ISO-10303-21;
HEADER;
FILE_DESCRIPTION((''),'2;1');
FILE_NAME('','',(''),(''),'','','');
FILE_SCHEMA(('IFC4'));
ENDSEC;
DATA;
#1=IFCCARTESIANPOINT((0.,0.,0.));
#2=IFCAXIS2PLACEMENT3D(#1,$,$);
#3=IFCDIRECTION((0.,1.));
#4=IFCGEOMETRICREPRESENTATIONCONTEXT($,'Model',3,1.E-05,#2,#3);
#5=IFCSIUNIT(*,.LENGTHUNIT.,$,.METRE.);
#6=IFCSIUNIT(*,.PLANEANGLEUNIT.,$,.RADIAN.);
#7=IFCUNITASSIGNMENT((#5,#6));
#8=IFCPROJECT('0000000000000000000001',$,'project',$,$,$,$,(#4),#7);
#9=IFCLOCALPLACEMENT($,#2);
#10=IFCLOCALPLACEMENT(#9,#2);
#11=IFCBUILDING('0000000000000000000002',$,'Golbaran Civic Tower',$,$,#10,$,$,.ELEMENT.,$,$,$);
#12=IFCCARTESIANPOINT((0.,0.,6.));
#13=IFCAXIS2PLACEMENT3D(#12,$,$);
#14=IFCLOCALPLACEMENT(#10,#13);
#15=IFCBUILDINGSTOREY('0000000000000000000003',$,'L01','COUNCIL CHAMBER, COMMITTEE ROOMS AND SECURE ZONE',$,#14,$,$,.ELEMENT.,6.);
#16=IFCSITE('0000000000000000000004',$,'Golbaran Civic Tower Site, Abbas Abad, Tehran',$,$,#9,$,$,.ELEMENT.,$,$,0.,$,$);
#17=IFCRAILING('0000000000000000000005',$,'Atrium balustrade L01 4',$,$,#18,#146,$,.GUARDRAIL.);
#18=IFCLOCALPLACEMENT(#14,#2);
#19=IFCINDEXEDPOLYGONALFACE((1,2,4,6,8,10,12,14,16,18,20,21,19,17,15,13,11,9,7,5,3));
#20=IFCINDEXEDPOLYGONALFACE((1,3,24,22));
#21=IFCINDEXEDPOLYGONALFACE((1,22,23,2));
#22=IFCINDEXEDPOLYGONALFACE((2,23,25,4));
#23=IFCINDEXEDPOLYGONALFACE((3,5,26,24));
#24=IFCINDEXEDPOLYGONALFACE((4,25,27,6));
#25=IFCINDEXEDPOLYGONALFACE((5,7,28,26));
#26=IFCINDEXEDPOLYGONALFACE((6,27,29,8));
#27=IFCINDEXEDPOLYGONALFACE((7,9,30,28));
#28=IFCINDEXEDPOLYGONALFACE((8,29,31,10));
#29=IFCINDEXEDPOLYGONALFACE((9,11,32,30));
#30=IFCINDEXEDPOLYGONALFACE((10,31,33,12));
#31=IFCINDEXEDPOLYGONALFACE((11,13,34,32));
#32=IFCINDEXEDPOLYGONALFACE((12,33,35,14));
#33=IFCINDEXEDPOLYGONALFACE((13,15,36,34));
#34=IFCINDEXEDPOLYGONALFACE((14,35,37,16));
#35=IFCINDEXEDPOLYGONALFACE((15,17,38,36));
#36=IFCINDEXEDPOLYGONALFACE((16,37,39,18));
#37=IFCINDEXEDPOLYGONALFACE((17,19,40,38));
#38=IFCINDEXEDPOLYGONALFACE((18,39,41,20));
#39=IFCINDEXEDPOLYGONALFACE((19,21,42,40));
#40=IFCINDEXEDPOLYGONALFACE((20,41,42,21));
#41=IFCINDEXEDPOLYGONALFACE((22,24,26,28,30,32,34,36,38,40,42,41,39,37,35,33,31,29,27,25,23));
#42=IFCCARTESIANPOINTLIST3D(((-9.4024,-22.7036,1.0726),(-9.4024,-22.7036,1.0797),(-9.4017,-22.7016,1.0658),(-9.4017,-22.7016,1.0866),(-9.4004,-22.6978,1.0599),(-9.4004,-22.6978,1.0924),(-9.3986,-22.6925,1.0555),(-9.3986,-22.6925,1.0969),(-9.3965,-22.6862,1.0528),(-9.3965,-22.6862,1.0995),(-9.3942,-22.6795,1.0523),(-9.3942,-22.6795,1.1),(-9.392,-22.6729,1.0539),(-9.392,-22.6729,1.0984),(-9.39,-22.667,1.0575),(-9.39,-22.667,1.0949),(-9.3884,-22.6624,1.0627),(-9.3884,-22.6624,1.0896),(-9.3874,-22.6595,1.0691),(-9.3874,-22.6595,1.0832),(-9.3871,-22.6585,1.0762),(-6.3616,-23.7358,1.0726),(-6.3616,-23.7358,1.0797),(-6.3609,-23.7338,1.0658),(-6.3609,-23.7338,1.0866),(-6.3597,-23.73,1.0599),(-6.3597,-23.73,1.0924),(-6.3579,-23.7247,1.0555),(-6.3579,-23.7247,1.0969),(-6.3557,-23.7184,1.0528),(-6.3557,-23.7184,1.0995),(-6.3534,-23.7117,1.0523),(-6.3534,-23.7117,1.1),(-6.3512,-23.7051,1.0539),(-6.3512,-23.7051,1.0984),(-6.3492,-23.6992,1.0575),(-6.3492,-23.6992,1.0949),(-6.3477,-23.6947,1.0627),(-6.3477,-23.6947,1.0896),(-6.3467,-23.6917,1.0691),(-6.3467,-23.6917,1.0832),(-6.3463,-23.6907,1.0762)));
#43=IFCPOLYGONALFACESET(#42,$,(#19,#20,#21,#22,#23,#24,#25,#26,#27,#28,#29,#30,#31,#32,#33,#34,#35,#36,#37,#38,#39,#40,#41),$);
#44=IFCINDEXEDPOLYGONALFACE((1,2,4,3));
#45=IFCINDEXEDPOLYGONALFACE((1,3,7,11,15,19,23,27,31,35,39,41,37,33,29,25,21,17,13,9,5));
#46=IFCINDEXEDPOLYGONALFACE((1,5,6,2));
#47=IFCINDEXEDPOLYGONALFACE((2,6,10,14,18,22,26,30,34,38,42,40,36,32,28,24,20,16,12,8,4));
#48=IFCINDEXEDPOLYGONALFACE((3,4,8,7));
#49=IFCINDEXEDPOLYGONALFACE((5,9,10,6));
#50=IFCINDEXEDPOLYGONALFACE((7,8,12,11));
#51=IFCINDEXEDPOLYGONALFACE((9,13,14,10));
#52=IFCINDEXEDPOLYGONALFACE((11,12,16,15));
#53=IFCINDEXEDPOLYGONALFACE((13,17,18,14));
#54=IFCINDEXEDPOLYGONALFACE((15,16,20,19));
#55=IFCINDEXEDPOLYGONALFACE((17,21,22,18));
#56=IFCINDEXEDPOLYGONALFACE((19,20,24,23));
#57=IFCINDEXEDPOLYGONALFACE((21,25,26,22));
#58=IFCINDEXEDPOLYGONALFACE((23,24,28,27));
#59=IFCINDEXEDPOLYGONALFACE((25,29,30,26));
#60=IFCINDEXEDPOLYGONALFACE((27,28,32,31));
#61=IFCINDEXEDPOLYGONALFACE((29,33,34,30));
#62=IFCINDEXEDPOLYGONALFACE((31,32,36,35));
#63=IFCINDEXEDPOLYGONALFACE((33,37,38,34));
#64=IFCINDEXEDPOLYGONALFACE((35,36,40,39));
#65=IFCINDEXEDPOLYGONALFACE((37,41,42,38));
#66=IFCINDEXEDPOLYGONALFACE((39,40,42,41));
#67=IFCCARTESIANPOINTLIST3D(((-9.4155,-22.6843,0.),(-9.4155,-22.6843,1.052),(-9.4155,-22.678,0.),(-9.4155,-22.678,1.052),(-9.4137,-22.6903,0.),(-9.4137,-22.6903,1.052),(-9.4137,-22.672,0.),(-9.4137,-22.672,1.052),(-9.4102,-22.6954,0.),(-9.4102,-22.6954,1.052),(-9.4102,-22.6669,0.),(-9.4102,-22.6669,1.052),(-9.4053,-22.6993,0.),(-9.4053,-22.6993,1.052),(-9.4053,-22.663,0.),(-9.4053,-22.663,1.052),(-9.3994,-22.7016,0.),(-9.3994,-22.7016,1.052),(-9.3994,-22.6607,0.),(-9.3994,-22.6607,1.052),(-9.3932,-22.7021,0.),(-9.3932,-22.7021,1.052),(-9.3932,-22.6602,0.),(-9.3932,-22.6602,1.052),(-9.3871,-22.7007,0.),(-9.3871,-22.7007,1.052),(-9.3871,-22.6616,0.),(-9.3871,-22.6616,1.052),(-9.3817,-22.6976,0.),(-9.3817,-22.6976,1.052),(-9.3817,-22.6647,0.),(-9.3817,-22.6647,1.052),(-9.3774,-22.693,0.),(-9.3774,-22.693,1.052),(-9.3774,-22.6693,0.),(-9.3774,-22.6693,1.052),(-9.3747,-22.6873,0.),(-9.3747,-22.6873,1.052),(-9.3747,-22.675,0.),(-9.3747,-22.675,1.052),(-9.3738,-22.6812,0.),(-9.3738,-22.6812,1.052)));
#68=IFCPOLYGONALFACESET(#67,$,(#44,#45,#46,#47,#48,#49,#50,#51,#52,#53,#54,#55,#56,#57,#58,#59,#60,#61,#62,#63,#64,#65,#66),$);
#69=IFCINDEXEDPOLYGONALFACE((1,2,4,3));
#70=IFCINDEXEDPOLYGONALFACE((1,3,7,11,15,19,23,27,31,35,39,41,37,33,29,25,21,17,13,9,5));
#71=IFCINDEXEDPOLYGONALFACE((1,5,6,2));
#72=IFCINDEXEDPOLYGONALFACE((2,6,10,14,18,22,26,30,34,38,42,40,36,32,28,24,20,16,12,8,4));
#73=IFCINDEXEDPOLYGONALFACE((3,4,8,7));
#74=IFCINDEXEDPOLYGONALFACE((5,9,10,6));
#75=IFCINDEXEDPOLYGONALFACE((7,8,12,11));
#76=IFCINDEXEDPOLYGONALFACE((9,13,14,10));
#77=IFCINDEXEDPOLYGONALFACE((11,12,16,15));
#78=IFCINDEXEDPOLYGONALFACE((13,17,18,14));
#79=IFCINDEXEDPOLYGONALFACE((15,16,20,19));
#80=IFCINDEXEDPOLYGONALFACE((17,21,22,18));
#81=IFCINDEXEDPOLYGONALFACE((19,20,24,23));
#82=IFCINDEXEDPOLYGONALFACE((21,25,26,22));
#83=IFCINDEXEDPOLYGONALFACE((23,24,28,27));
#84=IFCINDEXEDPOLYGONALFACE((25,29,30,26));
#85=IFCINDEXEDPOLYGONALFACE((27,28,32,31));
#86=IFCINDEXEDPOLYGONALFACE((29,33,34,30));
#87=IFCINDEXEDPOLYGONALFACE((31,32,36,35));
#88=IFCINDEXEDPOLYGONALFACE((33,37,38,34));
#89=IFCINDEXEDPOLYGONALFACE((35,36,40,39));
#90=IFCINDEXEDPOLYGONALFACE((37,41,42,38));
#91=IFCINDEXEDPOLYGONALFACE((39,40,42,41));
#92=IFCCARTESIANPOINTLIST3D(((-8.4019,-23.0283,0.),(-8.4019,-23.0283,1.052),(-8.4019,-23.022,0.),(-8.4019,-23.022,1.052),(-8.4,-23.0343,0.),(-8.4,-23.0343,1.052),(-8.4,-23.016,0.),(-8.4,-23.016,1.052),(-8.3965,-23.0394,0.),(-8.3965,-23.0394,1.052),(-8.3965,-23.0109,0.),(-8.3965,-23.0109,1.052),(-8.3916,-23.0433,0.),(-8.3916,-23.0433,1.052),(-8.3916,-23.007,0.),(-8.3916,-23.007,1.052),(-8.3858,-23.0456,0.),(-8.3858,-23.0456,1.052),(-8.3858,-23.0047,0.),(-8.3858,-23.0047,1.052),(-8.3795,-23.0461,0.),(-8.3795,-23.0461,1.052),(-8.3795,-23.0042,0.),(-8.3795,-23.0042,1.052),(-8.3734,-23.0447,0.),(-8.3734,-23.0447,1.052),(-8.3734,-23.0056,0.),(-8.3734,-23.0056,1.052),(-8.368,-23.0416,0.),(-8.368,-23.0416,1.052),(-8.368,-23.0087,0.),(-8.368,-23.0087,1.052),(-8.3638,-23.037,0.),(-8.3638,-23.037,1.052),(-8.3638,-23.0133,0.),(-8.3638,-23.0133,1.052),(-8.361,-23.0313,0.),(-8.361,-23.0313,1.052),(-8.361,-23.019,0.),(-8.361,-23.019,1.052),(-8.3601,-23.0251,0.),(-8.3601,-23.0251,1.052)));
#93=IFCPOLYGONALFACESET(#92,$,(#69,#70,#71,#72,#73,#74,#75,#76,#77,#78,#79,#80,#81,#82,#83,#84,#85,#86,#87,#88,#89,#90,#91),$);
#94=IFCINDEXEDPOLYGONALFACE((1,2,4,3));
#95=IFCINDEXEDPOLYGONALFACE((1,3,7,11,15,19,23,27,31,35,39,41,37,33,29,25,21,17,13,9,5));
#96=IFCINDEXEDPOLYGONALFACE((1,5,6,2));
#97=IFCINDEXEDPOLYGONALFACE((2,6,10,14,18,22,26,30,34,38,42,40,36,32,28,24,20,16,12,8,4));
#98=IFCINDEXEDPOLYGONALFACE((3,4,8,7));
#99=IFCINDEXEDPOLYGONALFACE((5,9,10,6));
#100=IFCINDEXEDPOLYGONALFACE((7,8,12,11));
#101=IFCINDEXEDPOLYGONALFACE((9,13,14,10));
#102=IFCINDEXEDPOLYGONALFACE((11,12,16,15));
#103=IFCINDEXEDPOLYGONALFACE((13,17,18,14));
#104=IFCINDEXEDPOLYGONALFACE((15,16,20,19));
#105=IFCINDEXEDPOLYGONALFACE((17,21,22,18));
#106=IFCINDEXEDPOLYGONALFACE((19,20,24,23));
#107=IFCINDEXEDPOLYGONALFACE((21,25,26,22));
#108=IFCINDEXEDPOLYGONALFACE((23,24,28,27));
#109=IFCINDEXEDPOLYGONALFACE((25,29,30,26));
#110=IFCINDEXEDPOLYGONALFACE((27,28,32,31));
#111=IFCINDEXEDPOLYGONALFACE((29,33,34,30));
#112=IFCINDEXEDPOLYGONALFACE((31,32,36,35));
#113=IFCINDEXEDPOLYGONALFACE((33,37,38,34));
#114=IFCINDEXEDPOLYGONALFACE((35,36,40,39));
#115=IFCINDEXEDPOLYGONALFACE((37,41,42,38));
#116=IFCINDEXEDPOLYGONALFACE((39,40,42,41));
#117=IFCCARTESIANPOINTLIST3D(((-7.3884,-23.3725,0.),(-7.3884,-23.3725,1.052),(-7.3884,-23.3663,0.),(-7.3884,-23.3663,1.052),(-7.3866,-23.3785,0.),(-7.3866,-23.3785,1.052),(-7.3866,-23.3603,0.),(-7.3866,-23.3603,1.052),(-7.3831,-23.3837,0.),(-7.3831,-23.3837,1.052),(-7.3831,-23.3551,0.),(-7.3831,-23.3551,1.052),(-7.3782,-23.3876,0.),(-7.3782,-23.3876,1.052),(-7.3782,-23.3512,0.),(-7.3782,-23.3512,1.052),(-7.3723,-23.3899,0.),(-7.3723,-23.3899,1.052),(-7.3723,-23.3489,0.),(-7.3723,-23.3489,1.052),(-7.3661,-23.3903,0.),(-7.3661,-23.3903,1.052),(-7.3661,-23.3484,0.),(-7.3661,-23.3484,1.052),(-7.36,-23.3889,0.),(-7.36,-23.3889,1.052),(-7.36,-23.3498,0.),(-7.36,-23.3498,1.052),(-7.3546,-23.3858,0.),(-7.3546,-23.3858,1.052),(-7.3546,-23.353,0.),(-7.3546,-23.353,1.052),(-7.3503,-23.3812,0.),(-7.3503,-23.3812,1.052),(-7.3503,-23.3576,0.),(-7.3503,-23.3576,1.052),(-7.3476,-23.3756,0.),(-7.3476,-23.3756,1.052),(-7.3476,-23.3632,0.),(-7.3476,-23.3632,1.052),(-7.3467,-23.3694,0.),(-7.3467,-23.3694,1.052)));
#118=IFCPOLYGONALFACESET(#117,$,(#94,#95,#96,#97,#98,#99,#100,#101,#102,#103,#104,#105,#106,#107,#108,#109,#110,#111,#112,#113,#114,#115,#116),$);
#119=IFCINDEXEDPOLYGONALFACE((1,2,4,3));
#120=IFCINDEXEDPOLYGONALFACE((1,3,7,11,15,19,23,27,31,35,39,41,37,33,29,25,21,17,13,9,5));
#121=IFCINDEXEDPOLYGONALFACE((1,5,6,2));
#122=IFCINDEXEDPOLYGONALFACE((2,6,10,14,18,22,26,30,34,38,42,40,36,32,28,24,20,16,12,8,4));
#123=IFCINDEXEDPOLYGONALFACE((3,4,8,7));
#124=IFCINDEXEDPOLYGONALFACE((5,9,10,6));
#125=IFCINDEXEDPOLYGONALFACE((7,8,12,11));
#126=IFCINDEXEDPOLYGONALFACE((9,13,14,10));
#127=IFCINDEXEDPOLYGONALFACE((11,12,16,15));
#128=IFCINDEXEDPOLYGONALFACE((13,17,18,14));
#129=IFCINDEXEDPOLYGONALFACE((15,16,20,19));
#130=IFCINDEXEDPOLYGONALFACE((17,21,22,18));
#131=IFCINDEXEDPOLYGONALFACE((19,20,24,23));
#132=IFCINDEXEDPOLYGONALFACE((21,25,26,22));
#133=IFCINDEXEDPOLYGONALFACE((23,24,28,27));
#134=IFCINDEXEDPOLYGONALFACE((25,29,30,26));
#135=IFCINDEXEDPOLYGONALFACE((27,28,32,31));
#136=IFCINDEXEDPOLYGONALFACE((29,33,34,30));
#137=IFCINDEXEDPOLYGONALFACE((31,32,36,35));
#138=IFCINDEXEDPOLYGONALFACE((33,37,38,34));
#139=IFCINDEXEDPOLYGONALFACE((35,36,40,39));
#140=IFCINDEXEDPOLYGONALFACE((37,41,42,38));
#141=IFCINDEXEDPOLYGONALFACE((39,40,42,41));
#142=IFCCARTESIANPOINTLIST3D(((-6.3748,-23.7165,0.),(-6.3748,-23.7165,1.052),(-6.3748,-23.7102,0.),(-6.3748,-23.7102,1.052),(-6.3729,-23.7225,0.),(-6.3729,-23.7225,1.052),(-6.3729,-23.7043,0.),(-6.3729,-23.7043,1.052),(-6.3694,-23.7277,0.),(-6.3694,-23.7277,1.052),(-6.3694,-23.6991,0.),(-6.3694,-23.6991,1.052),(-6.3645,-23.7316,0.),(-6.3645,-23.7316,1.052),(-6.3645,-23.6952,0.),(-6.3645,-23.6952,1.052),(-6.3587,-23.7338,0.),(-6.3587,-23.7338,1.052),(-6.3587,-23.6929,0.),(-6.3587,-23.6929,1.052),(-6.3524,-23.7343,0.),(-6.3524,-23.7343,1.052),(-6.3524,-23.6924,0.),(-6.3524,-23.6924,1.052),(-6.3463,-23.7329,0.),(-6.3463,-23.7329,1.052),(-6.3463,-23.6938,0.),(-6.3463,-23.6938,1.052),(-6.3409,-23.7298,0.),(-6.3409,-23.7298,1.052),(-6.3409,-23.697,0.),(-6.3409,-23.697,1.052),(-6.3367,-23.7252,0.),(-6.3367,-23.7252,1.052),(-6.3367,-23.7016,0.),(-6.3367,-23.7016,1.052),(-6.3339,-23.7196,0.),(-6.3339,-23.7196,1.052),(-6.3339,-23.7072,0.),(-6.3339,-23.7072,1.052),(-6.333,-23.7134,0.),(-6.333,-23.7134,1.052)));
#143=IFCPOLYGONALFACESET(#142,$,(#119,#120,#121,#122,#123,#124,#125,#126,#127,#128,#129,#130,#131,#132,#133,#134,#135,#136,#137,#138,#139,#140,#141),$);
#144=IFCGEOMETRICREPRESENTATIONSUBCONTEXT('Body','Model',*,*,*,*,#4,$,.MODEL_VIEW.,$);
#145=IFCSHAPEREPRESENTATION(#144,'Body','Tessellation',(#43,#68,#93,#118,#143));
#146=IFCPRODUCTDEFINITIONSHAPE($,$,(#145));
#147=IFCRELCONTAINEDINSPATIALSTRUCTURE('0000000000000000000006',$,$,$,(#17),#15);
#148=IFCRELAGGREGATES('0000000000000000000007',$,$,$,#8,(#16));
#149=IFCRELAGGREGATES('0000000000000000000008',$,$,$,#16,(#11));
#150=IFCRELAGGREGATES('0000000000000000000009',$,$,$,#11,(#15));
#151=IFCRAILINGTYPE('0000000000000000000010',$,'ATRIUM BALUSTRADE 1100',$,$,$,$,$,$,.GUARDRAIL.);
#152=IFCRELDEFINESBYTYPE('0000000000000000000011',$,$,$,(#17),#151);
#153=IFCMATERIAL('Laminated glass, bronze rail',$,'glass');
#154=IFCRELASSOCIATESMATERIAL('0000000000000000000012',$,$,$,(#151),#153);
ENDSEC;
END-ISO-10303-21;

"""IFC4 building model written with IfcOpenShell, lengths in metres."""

from ifc_helpers import new_model, si_unit, direction, frame, origin, origin_2d, place, context, subcontext, project, spatial, circle, extrude, material, type_object, element, save


model = new_model("IFC4")

# Units and contexts
model_context = context("Model", 3, precision=1e-05, world=origin(), true_north=direction((0.0, 1.0)))
body_context = subcontext(model_context, "Body", "Model", "MODEL_VIEW")
ifc_project = project(units=[si_unit("LENGTHUNIT", "METRE"), si_unit("PLANEANGLEUNIT", "RADIAN")], contexts=[model_context])

# Site, building, storey
site_placement = place(None, origin())
site = spatial("IfcSite", under=ifc_project, at=site_placement, Name="Golbaran Civic Tower Site, Abbas Abad, Tehran", CompositionType="ELEMENT", RefElevation=0.0)
building_placement = place(site_placement, origin())
building = spatial("IfcBuilding", under=site, at=building_placement, Name="Golbaran Civic Tower", CompositionType="ELEMENT")
storey_placement = place(building_placement, frame((0.0, 0.0, 6.0)))
storey = spatial("IfcBuildingStorey", under=building, at=storey_placement, Name="L01", Description="COUNCIL CHAMBER, COMMITTEE ROOMS AND SECURE ZONE", CompositionType="ELEMENT", Elevation=6.0)

# Railing
ifc_material_1 = material(Name="Laminated glass, bronze rail", Category="glass")
railing_type = type_object("IfcRailingType", Name="ATRIUM BALUSTRADE 1100", PredefinedType="GUARDRAIL", material=ifc_material_1)
railing_1_placement = place(storey_placement, frame((-9.3948, -22.6812, 0.0)))
element("IfcRailing", 1, at=railing_1_placement, inside=storey, type_object=railing_type, Name="Atrium balustrade L01 4", PredefinedType="GUARDRAIL", context=body_context, shape_type="SweptSolid", body=[
    extrude(circle(Radius=0.0239, at=origin_2d()), frame((0.0, 0.0, 1.0762), z_axis=(0.946928, -0.321446, 0.0), x_axis=(0.321446, 0.946928, 0.0)), (0.0, 0.0, 1.0), 3.2112),
    extrude(circle(Radius=0.021, at=origin_2d()), origin(), (0.0, 0.0, 1.0), 1.052),
    extrude(circle(Radius=0.021, at=origin_2d()), frame((1.0137, -0.344, 0.0)), (0.0, 0.0, 1.0), 1.052),
    extrude(circle(Radius=0.021, at=origin_2d()), frame((2.0271, -0.6882, 0.0)), (0.0, 0.0, 1.0), 1.052),
    extrude(circle(Radius=0.021, at=origin_2d()), frame((3.0408, -1.0322, 0.0)), (0.0, 0.0, 1.0), 1.052),
])

save(model, "model.ifc")
